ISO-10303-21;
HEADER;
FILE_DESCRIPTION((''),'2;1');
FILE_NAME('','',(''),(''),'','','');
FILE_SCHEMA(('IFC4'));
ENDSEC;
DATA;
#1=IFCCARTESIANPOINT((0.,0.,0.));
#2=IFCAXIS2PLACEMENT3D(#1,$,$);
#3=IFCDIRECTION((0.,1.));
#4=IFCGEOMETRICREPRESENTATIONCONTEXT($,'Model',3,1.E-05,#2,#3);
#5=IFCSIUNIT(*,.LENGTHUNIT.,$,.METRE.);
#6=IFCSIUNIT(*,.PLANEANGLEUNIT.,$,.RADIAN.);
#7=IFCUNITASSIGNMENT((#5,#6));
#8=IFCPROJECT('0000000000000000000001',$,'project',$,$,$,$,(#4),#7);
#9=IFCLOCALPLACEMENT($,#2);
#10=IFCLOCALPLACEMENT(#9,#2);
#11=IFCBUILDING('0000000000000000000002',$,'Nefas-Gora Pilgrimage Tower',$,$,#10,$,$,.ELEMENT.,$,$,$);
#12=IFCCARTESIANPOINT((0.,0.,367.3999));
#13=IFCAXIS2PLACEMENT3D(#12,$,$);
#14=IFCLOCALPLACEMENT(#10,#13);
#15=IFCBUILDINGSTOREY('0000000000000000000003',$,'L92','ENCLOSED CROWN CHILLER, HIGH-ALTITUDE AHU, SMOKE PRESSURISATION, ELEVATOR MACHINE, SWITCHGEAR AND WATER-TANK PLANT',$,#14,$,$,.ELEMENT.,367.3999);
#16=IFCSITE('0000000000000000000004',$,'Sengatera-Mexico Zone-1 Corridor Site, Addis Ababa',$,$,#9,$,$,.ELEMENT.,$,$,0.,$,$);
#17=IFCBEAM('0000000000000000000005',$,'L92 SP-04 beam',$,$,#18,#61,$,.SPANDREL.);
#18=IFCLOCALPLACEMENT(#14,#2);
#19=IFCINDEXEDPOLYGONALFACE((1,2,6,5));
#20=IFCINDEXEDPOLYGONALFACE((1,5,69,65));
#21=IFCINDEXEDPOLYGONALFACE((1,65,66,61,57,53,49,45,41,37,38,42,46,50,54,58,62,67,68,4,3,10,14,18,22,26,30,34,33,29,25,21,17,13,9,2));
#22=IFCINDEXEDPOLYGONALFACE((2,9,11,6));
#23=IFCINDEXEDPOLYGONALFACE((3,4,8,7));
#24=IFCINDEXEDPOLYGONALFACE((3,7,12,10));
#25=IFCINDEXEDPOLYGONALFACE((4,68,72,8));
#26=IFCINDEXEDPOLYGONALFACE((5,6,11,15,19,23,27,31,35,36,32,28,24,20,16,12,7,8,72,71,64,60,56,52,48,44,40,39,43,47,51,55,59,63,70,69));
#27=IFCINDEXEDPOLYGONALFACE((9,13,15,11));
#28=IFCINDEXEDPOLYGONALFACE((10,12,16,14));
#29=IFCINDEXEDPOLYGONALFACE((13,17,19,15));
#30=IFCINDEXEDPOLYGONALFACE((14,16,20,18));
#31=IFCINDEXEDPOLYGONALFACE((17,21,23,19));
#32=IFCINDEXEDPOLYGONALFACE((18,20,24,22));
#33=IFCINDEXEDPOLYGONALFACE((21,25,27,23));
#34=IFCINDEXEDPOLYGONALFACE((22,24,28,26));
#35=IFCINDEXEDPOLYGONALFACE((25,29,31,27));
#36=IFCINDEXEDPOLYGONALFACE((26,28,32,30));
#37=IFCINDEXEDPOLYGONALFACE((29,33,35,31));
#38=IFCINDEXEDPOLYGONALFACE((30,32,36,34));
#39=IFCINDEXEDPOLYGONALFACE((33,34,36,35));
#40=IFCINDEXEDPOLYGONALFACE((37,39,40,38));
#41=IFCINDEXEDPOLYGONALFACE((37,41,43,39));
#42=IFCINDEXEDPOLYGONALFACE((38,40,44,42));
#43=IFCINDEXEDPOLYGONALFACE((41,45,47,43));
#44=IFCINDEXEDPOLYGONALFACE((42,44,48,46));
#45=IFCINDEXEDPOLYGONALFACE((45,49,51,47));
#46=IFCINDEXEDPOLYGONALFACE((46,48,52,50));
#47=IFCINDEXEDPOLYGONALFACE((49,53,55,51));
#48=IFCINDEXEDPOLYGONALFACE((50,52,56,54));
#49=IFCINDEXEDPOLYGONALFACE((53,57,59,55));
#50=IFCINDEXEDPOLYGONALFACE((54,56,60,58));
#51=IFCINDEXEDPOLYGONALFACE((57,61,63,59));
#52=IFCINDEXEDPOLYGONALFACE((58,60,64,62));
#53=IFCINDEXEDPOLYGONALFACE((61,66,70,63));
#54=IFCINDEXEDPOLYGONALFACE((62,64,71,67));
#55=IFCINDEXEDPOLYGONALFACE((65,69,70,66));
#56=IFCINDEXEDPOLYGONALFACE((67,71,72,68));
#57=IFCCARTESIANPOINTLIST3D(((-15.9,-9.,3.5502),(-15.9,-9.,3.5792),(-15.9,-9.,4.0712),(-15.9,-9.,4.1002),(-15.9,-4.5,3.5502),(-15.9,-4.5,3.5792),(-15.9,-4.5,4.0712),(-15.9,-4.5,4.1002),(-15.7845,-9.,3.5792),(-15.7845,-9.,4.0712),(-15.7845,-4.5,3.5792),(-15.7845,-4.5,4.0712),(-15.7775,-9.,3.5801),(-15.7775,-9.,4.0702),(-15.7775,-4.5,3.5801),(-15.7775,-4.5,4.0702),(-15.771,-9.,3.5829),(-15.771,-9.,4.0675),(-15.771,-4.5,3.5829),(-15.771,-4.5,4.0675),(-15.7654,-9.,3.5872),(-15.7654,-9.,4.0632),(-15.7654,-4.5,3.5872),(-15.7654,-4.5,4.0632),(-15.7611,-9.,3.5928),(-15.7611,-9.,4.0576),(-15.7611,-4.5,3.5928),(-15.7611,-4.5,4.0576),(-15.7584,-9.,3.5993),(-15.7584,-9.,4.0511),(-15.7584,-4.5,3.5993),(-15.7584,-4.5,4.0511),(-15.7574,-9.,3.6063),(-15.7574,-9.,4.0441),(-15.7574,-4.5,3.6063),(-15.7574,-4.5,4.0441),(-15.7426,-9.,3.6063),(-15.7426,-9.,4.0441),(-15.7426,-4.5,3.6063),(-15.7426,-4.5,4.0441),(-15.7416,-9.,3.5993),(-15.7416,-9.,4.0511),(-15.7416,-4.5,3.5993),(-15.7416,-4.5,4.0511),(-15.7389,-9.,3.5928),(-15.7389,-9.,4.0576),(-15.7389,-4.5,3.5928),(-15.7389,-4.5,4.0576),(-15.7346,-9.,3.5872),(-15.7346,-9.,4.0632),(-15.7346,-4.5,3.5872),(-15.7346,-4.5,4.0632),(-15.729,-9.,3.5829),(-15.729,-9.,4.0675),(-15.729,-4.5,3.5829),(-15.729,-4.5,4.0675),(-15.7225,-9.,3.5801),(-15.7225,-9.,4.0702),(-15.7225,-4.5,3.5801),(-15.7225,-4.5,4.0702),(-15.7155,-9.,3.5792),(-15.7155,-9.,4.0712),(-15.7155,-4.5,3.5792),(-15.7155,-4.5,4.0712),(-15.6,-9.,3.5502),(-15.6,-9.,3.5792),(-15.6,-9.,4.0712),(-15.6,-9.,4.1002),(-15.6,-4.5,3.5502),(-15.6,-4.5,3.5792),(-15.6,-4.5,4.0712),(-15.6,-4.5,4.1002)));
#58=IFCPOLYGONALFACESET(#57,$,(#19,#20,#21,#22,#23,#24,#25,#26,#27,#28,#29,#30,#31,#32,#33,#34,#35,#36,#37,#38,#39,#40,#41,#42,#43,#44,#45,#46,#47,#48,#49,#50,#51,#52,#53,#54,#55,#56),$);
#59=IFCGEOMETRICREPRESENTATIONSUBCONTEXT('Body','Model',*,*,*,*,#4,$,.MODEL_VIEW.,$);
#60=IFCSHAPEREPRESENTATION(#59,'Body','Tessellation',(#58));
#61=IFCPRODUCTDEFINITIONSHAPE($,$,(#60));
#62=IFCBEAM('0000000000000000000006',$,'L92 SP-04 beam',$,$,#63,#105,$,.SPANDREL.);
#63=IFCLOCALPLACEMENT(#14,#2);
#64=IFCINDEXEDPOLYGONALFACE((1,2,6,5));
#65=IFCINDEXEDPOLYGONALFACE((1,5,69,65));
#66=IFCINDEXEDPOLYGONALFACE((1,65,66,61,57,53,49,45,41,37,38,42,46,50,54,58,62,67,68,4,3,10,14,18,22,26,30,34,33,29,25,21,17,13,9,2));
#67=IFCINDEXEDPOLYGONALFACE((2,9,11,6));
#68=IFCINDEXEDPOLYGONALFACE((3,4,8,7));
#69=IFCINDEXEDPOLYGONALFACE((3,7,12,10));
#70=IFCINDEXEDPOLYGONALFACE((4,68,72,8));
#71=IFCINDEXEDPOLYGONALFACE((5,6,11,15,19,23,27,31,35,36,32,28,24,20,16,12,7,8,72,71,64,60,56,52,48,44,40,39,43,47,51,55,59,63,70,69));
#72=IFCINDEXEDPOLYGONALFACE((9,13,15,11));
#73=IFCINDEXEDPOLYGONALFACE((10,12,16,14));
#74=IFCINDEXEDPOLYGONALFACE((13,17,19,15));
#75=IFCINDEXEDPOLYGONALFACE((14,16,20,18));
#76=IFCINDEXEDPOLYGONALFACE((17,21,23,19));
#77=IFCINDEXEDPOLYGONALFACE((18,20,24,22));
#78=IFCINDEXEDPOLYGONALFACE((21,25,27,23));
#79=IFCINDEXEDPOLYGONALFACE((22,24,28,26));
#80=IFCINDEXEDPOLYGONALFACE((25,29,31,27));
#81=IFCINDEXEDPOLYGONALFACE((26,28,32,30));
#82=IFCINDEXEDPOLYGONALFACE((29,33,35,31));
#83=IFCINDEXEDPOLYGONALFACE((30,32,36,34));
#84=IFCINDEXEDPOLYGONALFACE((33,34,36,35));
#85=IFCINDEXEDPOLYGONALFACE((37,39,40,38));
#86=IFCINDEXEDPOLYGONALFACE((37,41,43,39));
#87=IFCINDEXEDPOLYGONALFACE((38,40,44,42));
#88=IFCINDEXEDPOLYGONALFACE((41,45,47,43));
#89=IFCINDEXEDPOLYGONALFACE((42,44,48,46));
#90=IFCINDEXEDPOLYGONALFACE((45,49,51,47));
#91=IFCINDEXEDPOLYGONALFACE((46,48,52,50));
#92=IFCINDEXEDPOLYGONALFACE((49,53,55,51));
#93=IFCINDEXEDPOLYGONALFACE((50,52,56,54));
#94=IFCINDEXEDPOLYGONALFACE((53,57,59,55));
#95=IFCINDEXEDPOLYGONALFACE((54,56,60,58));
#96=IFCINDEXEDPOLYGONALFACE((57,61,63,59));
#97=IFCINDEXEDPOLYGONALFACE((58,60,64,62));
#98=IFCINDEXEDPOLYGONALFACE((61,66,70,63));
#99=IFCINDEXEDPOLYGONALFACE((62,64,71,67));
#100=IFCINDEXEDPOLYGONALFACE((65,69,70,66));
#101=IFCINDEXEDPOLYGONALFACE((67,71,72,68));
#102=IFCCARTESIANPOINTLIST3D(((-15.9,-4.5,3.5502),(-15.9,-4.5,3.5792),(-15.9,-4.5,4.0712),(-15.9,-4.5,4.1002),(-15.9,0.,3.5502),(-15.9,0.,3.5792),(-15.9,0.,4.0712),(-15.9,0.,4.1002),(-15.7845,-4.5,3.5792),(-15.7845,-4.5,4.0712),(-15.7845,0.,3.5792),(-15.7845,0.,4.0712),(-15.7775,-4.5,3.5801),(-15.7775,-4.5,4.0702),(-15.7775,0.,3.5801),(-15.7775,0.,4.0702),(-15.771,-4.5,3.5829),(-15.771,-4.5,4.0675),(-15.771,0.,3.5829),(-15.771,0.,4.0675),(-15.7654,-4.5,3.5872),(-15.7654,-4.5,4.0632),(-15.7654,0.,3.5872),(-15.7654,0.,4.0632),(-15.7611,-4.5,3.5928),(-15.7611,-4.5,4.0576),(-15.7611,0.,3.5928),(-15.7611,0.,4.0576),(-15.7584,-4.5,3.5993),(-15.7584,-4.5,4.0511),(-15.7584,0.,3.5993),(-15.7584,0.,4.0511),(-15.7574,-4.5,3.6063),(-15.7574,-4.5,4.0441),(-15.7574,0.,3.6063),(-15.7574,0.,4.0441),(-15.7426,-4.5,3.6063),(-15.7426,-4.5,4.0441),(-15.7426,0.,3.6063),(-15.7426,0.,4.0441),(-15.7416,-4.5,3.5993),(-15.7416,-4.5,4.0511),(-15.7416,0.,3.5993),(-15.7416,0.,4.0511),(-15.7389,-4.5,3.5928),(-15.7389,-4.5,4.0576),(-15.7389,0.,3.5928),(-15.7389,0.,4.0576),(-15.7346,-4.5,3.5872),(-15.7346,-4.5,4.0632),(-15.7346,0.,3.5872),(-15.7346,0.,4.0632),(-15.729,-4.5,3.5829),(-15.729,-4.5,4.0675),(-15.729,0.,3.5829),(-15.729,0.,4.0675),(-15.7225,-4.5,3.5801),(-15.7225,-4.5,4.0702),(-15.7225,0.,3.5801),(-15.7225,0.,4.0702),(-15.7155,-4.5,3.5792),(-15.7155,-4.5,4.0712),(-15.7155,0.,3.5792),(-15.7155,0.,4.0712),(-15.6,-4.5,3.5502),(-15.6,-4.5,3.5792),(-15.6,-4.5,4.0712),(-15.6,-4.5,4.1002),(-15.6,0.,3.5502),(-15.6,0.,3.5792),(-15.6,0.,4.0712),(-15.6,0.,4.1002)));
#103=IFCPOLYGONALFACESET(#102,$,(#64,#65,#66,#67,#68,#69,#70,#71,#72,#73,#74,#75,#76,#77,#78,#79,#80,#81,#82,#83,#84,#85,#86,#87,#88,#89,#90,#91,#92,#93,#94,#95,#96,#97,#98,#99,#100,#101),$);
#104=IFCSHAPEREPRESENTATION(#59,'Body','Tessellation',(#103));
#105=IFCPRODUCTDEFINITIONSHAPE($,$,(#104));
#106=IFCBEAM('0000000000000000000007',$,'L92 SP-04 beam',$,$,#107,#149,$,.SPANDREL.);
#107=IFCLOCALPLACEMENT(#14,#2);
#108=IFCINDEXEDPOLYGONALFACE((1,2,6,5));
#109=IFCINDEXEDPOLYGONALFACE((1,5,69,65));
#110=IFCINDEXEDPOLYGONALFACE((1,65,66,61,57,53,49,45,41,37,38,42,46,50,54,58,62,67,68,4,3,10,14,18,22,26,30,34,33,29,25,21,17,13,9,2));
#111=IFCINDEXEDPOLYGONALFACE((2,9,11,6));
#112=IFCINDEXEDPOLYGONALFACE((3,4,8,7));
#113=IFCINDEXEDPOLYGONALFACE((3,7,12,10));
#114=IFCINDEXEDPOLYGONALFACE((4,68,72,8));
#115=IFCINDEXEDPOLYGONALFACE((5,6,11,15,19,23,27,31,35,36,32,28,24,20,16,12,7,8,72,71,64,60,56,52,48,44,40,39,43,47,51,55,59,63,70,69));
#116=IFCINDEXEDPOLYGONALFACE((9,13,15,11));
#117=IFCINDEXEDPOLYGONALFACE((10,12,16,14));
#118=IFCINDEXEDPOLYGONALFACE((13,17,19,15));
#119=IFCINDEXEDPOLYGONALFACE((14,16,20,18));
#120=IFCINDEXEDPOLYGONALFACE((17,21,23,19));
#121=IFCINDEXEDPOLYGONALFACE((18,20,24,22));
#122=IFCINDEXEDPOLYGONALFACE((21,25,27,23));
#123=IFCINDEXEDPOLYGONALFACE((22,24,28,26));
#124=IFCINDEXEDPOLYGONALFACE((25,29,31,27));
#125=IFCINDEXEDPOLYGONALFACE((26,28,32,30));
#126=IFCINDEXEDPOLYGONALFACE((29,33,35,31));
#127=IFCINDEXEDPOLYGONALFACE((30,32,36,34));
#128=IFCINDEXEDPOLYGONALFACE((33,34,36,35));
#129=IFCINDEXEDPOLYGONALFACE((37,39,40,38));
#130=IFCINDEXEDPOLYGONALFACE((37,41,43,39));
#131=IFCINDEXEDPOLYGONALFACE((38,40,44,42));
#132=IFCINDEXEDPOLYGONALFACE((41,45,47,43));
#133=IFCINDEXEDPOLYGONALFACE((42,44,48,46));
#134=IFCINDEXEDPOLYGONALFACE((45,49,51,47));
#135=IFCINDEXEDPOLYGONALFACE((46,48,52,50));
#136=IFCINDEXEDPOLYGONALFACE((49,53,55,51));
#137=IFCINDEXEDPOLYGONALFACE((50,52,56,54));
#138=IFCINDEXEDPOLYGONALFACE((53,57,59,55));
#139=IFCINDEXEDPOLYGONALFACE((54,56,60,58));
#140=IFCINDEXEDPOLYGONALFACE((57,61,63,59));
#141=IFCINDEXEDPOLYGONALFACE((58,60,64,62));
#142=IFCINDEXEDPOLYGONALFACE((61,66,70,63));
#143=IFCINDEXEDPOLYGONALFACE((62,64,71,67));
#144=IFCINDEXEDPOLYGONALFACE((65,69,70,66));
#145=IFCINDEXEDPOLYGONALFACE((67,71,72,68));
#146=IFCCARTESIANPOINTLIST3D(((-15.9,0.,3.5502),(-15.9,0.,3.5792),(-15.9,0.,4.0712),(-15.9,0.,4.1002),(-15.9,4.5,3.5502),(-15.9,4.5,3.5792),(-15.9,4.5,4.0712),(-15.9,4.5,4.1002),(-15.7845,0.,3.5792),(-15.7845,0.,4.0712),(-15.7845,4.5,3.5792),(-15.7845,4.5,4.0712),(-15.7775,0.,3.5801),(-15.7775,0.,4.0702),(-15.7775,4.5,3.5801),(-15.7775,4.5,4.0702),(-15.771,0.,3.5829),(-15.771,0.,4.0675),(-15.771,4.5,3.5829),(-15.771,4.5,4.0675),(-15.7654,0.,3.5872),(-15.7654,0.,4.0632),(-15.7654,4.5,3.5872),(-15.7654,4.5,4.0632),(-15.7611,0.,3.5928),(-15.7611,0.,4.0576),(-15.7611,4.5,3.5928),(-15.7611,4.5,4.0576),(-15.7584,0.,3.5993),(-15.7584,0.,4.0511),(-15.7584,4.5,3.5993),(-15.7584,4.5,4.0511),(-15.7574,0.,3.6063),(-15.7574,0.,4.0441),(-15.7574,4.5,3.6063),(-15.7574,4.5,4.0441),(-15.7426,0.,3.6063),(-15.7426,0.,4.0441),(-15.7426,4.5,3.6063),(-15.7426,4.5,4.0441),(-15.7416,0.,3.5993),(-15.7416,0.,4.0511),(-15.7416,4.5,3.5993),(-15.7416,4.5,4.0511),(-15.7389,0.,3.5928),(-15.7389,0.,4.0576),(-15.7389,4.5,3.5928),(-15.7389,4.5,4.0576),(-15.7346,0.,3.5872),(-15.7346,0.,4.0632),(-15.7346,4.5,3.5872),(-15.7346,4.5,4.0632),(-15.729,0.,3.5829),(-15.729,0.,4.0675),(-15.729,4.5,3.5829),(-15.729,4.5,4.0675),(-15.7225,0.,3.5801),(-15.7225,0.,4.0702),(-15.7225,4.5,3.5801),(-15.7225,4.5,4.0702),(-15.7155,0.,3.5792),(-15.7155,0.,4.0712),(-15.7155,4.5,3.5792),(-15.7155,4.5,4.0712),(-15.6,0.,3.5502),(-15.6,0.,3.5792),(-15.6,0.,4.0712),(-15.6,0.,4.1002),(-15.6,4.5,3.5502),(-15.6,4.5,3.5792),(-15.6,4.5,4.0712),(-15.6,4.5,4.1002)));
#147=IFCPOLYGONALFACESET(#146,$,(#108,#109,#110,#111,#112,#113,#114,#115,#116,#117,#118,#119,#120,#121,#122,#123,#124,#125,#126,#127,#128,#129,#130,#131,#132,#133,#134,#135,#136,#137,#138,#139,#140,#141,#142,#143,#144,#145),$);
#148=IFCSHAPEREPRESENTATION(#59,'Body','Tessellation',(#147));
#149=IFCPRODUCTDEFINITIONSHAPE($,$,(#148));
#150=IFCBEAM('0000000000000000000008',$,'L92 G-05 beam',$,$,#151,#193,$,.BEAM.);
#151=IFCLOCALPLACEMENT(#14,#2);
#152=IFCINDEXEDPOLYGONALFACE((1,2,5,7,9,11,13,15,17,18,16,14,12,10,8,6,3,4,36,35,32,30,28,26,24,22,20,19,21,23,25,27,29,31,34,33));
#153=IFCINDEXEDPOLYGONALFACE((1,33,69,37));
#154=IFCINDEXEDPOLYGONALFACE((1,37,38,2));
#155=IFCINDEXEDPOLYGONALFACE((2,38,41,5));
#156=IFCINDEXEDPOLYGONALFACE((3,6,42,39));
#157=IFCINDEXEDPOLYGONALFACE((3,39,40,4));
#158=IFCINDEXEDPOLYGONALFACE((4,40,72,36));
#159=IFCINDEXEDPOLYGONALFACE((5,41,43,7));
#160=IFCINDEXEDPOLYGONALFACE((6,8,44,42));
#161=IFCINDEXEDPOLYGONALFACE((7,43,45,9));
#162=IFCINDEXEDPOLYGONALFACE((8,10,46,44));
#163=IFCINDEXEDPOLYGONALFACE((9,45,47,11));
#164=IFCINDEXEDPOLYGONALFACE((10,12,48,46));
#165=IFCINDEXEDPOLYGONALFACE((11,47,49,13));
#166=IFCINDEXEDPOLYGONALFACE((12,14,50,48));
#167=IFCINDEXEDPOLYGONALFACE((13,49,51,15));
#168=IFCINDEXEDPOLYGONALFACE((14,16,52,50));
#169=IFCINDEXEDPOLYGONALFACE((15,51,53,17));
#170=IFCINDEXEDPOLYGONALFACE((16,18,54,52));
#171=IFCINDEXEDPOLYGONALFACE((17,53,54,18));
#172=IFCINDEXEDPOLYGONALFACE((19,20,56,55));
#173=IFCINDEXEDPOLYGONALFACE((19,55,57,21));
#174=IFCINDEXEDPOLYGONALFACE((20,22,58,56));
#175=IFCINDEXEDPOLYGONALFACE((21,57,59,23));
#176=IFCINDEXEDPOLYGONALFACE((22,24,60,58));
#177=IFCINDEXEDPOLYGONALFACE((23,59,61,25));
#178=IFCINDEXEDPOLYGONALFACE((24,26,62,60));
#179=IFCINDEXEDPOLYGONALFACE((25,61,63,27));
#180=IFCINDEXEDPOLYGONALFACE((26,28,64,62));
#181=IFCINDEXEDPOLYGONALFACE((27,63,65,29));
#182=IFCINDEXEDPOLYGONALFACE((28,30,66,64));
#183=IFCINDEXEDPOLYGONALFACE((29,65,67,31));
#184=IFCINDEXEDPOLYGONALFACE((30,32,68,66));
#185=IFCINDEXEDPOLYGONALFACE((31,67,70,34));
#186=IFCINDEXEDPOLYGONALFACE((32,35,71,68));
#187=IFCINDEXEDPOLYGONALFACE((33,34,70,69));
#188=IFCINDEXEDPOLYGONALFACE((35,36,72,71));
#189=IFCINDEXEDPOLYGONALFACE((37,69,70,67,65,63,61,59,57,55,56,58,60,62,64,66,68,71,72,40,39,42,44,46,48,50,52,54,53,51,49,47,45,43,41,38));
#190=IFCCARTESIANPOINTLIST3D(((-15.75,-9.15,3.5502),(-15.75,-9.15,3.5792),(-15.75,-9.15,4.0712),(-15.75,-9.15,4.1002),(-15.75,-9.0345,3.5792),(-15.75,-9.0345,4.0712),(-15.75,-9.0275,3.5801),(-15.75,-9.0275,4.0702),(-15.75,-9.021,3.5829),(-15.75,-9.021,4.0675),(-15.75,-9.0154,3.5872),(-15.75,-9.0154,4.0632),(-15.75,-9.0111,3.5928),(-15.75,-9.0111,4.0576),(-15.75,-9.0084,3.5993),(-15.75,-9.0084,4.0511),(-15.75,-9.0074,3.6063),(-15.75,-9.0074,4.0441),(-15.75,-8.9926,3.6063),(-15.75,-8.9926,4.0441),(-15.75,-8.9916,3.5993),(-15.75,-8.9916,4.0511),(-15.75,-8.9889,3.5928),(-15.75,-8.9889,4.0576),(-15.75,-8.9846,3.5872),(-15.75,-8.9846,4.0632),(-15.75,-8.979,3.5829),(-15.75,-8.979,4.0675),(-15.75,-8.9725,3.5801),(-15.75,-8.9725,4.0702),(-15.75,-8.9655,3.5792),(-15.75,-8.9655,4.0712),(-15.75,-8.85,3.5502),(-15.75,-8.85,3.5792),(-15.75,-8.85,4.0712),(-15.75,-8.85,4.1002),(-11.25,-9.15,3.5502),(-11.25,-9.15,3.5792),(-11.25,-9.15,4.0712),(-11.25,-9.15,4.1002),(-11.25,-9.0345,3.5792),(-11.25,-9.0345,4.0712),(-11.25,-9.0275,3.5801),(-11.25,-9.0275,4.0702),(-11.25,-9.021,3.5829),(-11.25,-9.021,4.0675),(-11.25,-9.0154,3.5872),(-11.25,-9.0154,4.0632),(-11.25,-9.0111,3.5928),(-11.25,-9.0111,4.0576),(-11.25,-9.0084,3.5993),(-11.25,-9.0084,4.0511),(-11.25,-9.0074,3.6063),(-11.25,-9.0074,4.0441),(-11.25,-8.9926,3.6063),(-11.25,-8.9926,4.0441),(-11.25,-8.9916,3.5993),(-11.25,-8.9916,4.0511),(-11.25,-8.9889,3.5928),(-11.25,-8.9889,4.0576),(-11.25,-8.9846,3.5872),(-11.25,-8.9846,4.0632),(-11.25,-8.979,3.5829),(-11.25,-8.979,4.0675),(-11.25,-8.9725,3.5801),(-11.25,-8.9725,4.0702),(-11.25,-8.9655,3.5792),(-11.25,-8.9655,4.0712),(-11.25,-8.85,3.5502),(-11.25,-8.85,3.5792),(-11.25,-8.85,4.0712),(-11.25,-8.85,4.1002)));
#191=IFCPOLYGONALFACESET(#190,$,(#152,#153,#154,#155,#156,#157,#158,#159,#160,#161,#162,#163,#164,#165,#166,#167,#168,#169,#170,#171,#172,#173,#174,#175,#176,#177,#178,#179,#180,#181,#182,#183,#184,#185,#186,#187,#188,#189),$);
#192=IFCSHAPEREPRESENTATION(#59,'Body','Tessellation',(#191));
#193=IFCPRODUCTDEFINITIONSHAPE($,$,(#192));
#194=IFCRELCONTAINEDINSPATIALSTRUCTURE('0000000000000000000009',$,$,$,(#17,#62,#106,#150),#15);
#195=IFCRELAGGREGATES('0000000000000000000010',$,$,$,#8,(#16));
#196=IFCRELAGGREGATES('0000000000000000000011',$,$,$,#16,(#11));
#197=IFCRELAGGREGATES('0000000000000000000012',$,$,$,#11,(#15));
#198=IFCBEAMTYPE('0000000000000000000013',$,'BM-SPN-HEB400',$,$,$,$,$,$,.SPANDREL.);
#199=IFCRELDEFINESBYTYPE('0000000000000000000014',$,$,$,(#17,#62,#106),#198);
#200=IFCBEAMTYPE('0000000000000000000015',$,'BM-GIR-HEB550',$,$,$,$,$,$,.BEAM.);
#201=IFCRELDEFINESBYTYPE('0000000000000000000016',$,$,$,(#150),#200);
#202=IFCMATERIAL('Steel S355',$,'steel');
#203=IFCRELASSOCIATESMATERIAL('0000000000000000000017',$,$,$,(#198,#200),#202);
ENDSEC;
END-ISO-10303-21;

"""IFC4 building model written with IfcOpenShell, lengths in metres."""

from ifc_helpers import new_model, si_unit, direction, frame, origin, origin_2d, place, context, subcontext, project, spatial, i_section, extrude, source, transform, mapped, material, material_profile, profile_set, type_object, element, save


model = new_model("IFC4")

# Units and contexts
model_context = context("Model", 3, precision=1e-05, world=origin(), true_north=direction((0.0, 1.0)))
body_context = subcontext(model_context, "Body", "Model", "MODEL_VIEW")
ifc_project = project(units=[si_unit("LENGTHUNIT", "METRE"), si_unit("PLANEANGLEUNIT", "RADIAN")], contexts=[model_context])

# Site, building, storey
site_placement = place(None, origin())
site = spatial("IfcSite", under=ifc_project, at=site_placement, Name="Sengatera-Mexico Zone-1 Corridor Site, Addis Ababa", CompositionType="ELEMENT", RefElevation=0.0)
building_placement = place(site_placement, origin())
building = spatial("IfcBuilding", under=site, at=building_placement, Name="Nefas-Gora Pilgrimage Tower", CompositionType="ELEMENT")
storey_placement = place(building_placement, frame((0.0, 0.0, 367.3999)))
storey = spatial("IfcBuildingStorey", under=building, at=storey_placement, Name="L92", Description="ENCLOSED CROWN CHILLER, HIGH-ALTITUDE AHU, SMOKE PRESSURISATION, ELEVATOR MACHINE, SWITCHGEAR AND WATER-TANK PLANT", CompositionType="ELEMENT", Elevation=367.3999)

# Shared definitions
ifc_material_1 = material(Name="Steel S355", Category="steel")

# Beams
ifc_material_profile_1 = material_profile(ifc_material_1, i_section(OverallWidth=0.3, OverallDepth=0.55, WebThickness=0.0149, FlangeThickness=0.0291, FilletRadius=0.0271, at=origin_2d()), Name="HEB 550")
ifc_profile_set_1 = profile_set([ifc_material_profile_1], Name="Steel S355")
beam_type_1 = type_object("IfcBeamType", Name="BM-SPN-HEB400", PredefinedType="SPANDREL", material=ifc_profile_set_1)
shared_shape_1 = source(origin(), body_context, "Body", "SweptSolid", [
    extrude(i_section(OverallWidth=0.3, OverallDepth=0.55, WebThickness=0.0149, FlangeThickness=0.0291, FilletRadius=0.0271, at=origin_2d()), origin(), (0.0, 0.0, 1.0), 4.5),
])
for number, where, z_axis, x_axis, name in (
    (1, (-15.75, -9.0, 3.8252), (0.0, 1.0, 0.0), (-1.0, 0.0, 0.0), "L92 SP-04 beam"),
    (2, (-15.75, -4.5, 3.8252), (0.0, 1.0, 0.0), (-1.0, 0.0, 0.0), "L92 SP-04 beam"),
    (3, (-15.75, 0.0, 3.8252), (0.0, 1.0, 0.0), (-1.0, 0.0, 0.0), "L92 SP-04 beam"),
):
    element("IfcBeam", number, at=place(storey_placement, frame(where, z_axis=z_axis, x_axis=x_axis)), inside=storey, type_object=beam_type_1, Name=name, PredefinedType="SPANDREL", context=body_context, shape_type="MappedRepresentation", body=[
        mapped(shared_shape_1, transform((0.0, 0.0, 0.0), x_axis=(1.0, 0.0, 0.0), y_axis=(0.0, 1.0, 0.0), z_axis=(0.0, 0.0, 1.0), scale=1.0)),
    ])
ifc_material_profile_2 = material_profile(ifc_material_1, i_section(OverallWidth=0.3, OverallDepth=0.55, WebThickness=0.0149, FlangeThickness=0.0291, FilletRadius=0.0271, at=origin_2d()), Name="HEB 550")
ifc_profile_set_2 = profile_set([ifc_material_profile_2], Name="Steel S355")
beam_type_2 = type_object("IfcBeamType", Name="BM-GIR-HEB550", PredefinedType="BEAM", material=ifc_profile_set_2)
shared_shape_2 = source(origin(), body_context, "Body", "SweptSolid", [
    extrude(i_section(OverallWidth=0.3, OverallDepth=0.55, WebThickness=0.0149, FlangeThickness=0.0291, FilletRadius=0.0271, at=origin_2d()), origin(), (0.0, 0.0, 1.0), 4.5),
])
beam_1_placement = place(storey_placement, frame((-15.75, -9.0, 3.8252), z_axis=(1.0, 0.0, 0.0), x_axis=(0.0, 1.0, 0.0)))
element("IfcBeam", 4, at=beam_1_placement, inside=storey, type_object=beam_type_2, Name="L92 G-05 beam", PredefinedType="BEAM", context=body_context, shape_type="MappedRepresentation", body=[
    mapped(shared_shape_2, transform((0.0, 0.0, 0.0), x_axis=(1.0, 0.0, 0.0), y_axis=(0.0, 1.0, 0.0), z_axis=(0.0, 0.0, 1.0), scale=1.0)),
])

save(model, "model.ifc")
